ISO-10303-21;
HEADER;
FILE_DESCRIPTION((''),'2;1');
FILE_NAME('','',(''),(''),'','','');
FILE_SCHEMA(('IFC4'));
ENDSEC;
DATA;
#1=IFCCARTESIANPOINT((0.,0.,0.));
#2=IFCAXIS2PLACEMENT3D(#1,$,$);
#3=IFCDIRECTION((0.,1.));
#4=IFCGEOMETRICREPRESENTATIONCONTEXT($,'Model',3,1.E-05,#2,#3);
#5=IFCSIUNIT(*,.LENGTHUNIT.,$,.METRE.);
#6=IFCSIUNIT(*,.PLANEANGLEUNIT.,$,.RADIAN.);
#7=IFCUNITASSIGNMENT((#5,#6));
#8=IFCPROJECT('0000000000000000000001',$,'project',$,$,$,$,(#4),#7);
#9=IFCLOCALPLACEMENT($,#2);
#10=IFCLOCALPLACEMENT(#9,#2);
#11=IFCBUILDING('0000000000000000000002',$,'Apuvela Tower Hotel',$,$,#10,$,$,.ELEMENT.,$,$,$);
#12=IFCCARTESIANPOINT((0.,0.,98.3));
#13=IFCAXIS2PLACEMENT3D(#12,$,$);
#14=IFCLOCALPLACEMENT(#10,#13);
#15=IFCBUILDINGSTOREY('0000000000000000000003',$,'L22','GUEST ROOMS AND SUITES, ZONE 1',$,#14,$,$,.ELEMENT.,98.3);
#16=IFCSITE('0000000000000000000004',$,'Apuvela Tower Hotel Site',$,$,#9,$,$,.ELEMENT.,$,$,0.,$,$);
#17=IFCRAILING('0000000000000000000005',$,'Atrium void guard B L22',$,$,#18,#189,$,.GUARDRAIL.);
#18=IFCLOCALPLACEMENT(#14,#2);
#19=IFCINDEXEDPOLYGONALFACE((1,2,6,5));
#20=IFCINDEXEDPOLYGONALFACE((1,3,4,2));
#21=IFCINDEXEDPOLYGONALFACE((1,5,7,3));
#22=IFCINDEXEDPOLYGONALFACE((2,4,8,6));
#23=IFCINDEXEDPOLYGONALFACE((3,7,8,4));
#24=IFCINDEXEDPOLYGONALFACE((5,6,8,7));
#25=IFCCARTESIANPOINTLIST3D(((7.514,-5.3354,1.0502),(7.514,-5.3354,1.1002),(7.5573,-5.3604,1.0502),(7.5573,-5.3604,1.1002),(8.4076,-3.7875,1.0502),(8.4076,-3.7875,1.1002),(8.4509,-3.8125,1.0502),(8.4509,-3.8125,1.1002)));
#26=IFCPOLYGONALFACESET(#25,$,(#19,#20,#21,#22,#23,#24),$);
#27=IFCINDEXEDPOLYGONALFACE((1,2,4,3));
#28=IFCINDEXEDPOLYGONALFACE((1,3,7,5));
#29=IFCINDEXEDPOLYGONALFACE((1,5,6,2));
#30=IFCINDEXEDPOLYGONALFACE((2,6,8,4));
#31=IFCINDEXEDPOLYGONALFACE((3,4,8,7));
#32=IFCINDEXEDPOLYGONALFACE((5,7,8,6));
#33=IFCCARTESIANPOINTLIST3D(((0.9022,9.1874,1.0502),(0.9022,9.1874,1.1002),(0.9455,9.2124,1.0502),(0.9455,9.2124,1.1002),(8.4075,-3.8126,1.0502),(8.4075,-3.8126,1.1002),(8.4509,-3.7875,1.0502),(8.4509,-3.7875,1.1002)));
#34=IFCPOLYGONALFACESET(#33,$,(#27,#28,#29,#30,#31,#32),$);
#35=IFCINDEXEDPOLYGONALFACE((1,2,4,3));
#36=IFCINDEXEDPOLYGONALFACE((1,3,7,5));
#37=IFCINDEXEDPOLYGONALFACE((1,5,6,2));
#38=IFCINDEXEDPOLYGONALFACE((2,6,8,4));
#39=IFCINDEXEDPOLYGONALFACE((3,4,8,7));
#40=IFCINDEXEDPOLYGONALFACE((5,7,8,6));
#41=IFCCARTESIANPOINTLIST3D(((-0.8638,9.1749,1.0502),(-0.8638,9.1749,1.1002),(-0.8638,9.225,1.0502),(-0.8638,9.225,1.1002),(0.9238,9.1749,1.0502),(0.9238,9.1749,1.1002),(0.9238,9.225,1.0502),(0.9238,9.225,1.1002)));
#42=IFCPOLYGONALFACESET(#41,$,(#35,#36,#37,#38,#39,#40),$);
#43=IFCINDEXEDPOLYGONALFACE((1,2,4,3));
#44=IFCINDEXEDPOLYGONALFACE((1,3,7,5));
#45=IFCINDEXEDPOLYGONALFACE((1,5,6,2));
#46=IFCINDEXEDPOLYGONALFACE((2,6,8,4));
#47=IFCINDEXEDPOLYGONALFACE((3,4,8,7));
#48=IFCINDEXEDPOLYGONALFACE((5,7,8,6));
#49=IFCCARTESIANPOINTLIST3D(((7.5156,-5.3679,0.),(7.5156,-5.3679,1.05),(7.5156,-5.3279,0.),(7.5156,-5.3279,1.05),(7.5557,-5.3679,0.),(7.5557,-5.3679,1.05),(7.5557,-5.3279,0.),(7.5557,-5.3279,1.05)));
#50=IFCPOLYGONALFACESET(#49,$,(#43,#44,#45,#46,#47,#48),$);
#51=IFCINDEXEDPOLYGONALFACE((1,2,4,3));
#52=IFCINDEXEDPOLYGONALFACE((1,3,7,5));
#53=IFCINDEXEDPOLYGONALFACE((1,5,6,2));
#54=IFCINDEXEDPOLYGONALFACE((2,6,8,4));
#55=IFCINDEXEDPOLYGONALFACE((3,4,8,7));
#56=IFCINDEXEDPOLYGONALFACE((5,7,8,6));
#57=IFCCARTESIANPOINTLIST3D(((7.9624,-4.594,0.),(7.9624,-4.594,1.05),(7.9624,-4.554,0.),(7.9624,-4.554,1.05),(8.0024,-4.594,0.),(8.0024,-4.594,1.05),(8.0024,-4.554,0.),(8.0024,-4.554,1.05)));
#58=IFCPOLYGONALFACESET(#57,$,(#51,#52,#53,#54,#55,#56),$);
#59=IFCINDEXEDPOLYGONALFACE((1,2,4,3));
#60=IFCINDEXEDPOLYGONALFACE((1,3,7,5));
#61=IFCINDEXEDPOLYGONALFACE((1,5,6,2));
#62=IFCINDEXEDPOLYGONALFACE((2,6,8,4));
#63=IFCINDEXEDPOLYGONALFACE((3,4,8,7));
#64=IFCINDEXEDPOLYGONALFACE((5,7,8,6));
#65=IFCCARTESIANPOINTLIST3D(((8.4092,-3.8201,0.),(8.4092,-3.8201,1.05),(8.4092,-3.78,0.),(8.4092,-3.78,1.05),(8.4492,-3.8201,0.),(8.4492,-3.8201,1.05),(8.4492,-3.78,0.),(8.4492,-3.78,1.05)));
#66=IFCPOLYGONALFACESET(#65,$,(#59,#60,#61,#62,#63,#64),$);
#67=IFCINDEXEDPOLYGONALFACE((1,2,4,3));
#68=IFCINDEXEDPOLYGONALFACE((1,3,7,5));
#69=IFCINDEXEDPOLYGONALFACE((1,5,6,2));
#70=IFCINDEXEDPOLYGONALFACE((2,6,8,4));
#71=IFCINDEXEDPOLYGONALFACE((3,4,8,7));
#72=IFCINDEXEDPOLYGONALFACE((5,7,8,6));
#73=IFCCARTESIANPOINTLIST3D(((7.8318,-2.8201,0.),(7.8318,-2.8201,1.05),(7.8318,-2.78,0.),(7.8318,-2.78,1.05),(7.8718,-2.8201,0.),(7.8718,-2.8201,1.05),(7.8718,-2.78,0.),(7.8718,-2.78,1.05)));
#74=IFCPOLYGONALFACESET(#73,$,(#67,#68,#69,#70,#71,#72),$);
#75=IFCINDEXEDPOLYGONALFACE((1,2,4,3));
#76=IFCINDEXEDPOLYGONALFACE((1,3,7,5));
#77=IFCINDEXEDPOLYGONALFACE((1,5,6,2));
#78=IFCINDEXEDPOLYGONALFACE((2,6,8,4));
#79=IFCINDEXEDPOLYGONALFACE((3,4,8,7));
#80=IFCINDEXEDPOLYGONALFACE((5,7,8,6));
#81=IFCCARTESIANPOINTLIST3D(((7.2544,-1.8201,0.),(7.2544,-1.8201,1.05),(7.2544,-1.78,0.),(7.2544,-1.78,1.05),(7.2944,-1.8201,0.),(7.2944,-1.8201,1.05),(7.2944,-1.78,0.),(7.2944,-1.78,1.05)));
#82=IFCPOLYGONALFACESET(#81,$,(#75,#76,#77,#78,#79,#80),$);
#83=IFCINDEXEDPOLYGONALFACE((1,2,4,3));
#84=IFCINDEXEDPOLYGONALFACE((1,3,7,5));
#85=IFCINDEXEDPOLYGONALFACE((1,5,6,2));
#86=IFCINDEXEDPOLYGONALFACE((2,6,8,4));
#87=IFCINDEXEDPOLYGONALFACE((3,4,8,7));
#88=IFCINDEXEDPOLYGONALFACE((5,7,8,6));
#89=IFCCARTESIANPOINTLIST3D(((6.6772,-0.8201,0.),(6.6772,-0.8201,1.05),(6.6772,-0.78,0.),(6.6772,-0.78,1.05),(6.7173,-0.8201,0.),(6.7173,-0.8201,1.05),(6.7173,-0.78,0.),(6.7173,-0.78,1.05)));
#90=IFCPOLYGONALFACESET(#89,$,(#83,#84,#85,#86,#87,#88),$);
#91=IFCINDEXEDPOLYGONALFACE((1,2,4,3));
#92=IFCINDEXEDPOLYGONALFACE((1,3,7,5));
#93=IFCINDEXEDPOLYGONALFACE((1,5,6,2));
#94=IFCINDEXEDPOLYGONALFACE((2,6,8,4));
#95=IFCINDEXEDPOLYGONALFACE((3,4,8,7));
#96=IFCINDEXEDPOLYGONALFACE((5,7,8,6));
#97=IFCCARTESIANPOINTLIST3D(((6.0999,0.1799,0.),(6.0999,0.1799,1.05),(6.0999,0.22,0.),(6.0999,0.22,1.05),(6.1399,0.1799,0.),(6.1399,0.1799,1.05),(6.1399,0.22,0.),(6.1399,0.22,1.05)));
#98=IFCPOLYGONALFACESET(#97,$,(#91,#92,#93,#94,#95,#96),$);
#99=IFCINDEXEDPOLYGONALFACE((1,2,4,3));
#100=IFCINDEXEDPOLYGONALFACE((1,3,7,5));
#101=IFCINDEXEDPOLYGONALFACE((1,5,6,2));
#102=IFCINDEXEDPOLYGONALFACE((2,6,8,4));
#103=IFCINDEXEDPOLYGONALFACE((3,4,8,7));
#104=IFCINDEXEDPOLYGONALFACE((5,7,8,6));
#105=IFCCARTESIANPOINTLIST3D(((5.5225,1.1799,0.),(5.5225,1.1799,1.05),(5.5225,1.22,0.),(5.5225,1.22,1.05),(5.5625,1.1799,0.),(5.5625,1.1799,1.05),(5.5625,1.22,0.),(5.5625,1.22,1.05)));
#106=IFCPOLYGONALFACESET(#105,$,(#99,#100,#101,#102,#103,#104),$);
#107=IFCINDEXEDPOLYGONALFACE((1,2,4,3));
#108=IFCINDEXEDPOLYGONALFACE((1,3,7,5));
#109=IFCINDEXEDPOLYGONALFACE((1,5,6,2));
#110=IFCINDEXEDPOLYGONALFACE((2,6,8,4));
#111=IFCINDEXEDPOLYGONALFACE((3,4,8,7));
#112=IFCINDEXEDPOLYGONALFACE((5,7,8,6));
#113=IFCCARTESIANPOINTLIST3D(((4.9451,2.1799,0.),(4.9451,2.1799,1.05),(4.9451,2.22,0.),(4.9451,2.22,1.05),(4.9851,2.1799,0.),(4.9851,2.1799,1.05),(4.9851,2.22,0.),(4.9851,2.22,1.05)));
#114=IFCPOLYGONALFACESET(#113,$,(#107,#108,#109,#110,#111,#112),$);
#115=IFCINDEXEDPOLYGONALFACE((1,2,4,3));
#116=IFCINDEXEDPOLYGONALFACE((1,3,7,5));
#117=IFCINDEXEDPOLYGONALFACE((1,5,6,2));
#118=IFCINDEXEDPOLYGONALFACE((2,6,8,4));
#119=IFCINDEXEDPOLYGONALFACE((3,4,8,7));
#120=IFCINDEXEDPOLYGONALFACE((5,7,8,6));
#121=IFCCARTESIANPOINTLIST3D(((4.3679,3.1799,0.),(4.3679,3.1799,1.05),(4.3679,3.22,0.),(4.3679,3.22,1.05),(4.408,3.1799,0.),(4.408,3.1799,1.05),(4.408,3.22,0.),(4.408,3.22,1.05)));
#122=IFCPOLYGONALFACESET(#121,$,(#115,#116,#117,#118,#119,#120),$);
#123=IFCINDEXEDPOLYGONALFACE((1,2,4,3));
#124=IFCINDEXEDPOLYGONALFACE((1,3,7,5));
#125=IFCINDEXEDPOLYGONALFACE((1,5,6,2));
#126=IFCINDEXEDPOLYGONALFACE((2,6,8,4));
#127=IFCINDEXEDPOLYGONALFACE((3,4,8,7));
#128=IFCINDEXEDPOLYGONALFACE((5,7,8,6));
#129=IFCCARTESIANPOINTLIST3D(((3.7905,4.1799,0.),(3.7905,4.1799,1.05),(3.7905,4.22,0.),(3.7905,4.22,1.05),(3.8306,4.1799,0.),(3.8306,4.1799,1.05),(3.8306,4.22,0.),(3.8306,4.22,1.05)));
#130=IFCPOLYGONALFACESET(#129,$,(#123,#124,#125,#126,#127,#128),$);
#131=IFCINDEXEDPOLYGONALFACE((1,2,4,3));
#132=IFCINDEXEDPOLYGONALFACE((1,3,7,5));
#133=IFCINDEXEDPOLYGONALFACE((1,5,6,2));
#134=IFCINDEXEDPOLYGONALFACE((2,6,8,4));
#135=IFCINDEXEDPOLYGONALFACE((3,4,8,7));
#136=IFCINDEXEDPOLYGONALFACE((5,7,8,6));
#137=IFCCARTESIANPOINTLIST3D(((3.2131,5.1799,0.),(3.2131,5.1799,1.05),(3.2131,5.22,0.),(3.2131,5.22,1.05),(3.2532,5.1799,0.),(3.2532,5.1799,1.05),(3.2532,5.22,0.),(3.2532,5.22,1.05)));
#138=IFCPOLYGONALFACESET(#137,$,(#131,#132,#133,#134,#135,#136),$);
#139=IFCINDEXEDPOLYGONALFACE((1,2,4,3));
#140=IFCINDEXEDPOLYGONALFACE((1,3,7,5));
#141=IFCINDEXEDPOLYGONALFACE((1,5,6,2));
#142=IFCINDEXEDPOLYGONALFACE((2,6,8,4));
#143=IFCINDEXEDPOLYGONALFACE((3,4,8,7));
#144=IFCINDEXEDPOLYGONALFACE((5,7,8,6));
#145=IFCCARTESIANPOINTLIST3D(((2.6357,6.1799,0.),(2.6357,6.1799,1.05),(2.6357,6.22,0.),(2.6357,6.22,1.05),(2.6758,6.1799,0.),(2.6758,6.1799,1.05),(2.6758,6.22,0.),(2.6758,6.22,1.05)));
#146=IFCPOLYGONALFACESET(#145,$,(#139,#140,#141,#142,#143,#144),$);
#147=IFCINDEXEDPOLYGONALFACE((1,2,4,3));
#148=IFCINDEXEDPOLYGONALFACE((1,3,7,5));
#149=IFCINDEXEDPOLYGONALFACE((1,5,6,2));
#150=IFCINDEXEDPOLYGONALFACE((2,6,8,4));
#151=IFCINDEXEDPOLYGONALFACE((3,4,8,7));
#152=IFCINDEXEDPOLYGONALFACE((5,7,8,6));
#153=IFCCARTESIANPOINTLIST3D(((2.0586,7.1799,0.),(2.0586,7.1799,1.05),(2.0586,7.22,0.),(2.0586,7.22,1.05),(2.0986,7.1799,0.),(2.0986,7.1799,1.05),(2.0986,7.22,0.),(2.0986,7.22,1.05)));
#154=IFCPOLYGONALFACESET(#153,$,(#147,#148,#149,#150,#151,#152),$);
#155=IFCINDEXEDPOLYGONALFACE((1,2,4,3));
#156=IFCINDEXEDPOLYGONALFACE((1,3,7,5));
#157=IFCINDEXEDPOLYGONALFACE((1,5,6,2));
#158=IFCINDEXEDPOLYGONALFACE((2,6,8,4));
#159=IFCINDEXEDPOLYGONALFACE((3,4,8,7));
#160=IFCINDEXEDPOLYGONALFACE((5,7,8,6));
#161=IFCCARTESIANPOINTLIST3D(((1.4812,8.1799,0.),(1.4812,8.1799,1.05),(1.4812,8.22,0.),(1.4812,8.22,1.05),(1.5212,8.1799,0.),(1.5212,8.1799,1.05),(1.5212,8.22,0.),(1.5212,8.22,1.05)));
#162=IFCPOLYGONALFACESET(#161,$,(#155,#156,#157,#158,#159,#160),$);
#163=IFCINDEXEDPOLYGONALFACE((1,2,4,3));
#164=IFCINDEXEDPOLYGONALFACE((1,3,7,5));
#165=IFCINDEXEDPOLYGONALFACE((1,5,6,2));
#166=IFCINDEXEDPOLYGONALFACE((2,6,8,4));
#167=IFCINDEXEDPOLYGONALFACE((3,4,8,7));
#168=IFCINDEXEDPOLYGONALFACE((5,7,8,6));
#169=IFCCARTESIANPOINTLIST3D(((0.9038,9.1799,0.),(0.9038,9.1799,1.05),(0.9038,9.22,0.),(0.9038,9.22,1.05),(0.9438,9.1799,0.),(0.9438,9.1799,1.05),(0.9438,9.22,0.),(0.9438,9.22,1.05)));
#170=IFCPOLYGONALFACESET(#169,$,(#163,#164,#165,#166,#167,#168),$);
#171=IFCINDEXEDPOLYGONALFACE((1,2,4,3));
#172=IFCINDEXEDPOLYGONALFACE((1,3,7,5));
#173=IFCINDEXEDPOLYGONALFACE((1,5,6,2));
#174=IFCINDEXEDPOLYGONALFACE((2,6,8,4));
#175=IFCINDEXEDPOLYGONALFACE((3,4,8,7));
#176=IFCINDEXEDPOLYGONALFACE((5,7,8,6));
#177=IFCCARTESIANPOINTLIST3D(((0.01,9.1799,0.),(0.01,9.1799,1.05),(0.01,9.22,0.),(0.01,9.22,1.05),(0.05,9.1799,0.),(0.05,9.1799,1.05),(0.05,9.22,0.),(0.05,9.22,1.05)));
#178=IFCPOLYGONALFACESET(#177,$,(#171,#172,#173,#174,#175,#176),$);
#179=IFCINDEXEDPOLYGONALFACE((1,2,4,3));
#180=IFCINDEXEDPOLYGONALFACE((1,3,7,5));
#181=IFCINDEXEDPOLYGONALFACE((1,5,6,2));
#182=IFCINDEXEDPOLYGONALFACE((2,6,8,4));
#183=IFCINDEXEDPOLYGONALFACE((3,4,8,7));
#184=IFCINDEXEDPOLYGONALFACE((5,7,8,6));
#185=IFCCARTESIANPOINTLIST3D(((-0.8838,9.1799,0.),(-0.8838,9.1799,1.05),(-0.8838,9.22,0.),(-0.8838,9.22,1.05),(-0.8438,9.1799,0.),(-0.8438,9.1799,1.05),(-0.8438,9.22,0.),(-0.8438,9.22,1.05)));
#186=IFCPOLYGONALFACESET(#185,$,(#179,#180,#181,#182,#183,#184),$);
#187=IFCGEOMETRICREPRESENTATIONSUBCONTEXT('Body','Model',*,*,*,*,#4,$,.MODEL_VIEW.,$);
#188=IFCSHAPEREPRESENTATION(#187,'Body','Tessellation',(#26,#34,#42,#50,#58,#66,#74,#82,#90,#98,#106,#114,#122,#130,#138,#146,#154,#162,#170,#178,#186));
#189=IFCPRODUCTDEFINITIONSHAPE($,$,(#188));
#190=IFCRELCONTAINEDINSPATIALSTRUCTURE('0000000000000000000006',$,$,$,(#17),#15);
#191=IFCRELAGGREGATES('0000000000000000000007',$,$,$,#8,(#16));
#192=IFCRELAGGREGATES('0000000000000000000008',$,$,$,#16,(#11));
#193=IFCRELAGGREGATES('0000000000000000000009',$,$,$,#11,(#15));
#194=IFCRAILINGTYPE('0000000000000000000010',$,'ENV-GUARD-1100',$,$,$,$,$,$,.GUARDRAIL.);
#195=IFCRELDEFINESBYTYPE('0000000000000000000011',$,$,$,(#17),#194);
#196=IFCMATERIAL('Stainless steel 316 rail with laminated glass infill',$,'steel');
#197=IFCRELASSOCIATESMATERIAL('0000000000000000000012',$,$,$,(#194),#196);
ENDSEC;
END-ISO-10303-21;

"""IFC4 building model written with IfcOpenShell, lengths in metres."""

from ifc_helpers import new_model, si_unit, direction, frame, origin, origin_2d, place, context, subcontext, project, spatial, rectangle, extrude, material, type_object, element, save


model = new_model("IFC4")

# Units and contexts
model_context = context("Model", 3, precision=1e-05, world=origin(), true_north=direction((0.0, 1.0)))
body_context = subcontext(model_context, "Body", "Model", "MODEL_VIEW")
ifc_project = project(units=[si_unit("LENGTHUNIT", "METRE"), si_unit("PLANEANGLEUNIT", "RADIAN")], contexts=[model_context])

# Site, building, storey
site_placement = place(None, origin())
site = spatial("IfcSite", under=ifc_project, at=site_placement, Name="Apuvela Tower Hotel Site", CompositionType="ELEMENT", RefElevation=0.0)
building_placement = place(site_placement, origin())
building = spatial("IfcBuilding", under=site, at=building_placement, Name="Apuvela Tower Hotel", CompositionType="ELEMENT")
storey_placement = place(building_placement, frame((0.0, 0.0, 98.3)))
storey = spatial("IfcBuildingStorey", under=building, at=storey_placement, Name="L22", Description="GUEST ROOMS AND SUITES, ZONE 1", CompositionType="ELEMENT", Elevation=98.3)

# Railing
ifc_material_1 = material(Name="Stainless steel 316 rail with laminated glass infill", Category="steel")
railing_type_1 = type_object("IfcRailingType", Name="ENV-GUARD-1100", PredefinedType="GUARDRAIL", material=ifc_material_1)
railing_1_placement = place(storey_placement, frame((7.5356, -5.3479, 0.0)))
element("IfcRailing", 1, at=railing_1_placement, inside=storey, type_object=railing_type_1, Name="Atrium void guard B L22", PredefinedType="GUARDRAIL", context=body_context, shape_type="SweptSolid", body=[
    extrude(rectangle(XDim=0.05, YDim=0.05, at=origin_2d()), frame((0.0, 0.0, 1.0752), z_axis=(0.499959, 0.866049, 0.0), x_axis=(-0.866049, 0.499959, 0.0)), (0.0, 0.0, 1.0), 1.7874),
    extrude(rectangle(XDim=0.05, YDim=0.05, at=origin_2d()), frame((0.8936, 1.5479, 1.0752), z_axis=(-0.499991, 0.866031, 0.0), x_axis=(-0.866031, -0.499991, 0.0)), (0.0, 0.0, 1.0), 15.011),
    extrude(rectangle(XDim=0.05, YDim=0.05, at=origin_2d()), frame((-6.6118, 14.5479, 1.0752), z_axis=(-1.0, 0.0, 0.0), x_axis=(0.0, -1.0, 0.0)), (0.0, 0.0, 1.0), 1.7876),
    extrude(rectangle(XDim=0.04, YDim=0.04, at=origin_2d()), origin(), (0.0, 0.0, 1.0), 1.05),
    extrude(rectangle(XDim=0.04, YDim=0.04, at=origin_2d()), frame((0.4468, 0.7739, 0.0)), (0.0, 0.0, 1.0), 1.05),
    extrude(rectangle(XDim=0.04, YDim=0.04, at=origin_2d()), frame((0.8936, 1.5479, 0.0)), (0.0, 0.0, 1.0), 1.05),
    extrude(rectangle(XDim=0.04, YDim=0.04, at=origin_2d()), frame((0.3162, 2.5479, 0.0)), (0.0, 0.0, 1.0), 1.05),
    extrude(rectangle(XDim=0.04, YDim=0.04, at=origin_2d()), frame((-0.2612, 3.5479, 0.0)), (0.0, 0.0, 1.0), 1.05),
    extrude(rectangle(XDim=0.04, YDim=0.04, at=origin_2d()), frame((-0.8384, 4.5479, 0.0)), (0.0, 0.0, 1.0), 1.05),
    extrude(rectangle(XDim=0.04, YDim=0.04, at=origin_2d()), frame((-1.4158, 5.5479, 0.0)), (0.0, 0.0, 1.0), 1.05),
    extrude(rectangle(XDim=0.04, YDim=0.04, at=origin_2d()), frame((-1.9932, 6.5479, 0.0)), (0.0, 0.0, 1.0), 1.05),
    extrude(rectangle(XDim=0.04, YDim=0.04, at=origin_2d()), frame((-2.5706, 7.5479, 0.0)), (0.0, 0.0, 1.0), 1.05),
    extrude(rectangle(XDim=0.04, YDim=0.04, at=origin_2d()), frame((-3.1477, 8.5479, 0.0)), (0.0, 0.0, 1.0), 1.05),
    extrude(rectangle(XDim=0.04, YDim=0.04, at=origin_2d()), frame((-3.7251, 9.5479, 0.0)), (0.0, 0.0, 1.0), 1.05),
    extrude(rectangle(XDim=0.04, YDim=0.04, at=origin_2d()), frame((-4.3025, 10.5479, 0.0)), (0.0, 0.0, 1.0), 1.05),
    extrude(rectangle(XDim=0.04, YDim=0.04, at=origin_2d()), frame((-4.8799, 11.5479, 0.0)), (0.0, 0.0, 1.0), 1.05),
    extrude(rectangle(XDim=0.04, YDim=0.04, at=origin_2d()), frame((-5.457, 12.5479, 0.0)), (0.0, 0.0, 1.0), 1.05),
    extrude(rectangle(XDim=0.04, YDim=0.04, at=origin_2d()), frame((-6.0344, 13.5479, 0.0)), (0.0, 0.0, 1.0), 1.05),
    extrude(rectangle(XDim=0.04, YDim=0.04, at=origin_2d()), frame((-6.6118, 14.5479, 0.0)), (0.0, 0.0, 1.0), 1.05),
    extrude(rectangle(XDim=0.04, YDim=0.04, at=origin_2d()), frame((-7.5056, 14.5479, 0.0)), (0.0, 0.0, 1.0), 1.05),
    extrude(rectangle(XDim=0.04, YDim=0.04, at=origin_2d()), frame((-8.3994, 14.5479, 0.0)), (0.0, 0.0, 1.0), 1.05),
])

save(model, "model.ifc")
